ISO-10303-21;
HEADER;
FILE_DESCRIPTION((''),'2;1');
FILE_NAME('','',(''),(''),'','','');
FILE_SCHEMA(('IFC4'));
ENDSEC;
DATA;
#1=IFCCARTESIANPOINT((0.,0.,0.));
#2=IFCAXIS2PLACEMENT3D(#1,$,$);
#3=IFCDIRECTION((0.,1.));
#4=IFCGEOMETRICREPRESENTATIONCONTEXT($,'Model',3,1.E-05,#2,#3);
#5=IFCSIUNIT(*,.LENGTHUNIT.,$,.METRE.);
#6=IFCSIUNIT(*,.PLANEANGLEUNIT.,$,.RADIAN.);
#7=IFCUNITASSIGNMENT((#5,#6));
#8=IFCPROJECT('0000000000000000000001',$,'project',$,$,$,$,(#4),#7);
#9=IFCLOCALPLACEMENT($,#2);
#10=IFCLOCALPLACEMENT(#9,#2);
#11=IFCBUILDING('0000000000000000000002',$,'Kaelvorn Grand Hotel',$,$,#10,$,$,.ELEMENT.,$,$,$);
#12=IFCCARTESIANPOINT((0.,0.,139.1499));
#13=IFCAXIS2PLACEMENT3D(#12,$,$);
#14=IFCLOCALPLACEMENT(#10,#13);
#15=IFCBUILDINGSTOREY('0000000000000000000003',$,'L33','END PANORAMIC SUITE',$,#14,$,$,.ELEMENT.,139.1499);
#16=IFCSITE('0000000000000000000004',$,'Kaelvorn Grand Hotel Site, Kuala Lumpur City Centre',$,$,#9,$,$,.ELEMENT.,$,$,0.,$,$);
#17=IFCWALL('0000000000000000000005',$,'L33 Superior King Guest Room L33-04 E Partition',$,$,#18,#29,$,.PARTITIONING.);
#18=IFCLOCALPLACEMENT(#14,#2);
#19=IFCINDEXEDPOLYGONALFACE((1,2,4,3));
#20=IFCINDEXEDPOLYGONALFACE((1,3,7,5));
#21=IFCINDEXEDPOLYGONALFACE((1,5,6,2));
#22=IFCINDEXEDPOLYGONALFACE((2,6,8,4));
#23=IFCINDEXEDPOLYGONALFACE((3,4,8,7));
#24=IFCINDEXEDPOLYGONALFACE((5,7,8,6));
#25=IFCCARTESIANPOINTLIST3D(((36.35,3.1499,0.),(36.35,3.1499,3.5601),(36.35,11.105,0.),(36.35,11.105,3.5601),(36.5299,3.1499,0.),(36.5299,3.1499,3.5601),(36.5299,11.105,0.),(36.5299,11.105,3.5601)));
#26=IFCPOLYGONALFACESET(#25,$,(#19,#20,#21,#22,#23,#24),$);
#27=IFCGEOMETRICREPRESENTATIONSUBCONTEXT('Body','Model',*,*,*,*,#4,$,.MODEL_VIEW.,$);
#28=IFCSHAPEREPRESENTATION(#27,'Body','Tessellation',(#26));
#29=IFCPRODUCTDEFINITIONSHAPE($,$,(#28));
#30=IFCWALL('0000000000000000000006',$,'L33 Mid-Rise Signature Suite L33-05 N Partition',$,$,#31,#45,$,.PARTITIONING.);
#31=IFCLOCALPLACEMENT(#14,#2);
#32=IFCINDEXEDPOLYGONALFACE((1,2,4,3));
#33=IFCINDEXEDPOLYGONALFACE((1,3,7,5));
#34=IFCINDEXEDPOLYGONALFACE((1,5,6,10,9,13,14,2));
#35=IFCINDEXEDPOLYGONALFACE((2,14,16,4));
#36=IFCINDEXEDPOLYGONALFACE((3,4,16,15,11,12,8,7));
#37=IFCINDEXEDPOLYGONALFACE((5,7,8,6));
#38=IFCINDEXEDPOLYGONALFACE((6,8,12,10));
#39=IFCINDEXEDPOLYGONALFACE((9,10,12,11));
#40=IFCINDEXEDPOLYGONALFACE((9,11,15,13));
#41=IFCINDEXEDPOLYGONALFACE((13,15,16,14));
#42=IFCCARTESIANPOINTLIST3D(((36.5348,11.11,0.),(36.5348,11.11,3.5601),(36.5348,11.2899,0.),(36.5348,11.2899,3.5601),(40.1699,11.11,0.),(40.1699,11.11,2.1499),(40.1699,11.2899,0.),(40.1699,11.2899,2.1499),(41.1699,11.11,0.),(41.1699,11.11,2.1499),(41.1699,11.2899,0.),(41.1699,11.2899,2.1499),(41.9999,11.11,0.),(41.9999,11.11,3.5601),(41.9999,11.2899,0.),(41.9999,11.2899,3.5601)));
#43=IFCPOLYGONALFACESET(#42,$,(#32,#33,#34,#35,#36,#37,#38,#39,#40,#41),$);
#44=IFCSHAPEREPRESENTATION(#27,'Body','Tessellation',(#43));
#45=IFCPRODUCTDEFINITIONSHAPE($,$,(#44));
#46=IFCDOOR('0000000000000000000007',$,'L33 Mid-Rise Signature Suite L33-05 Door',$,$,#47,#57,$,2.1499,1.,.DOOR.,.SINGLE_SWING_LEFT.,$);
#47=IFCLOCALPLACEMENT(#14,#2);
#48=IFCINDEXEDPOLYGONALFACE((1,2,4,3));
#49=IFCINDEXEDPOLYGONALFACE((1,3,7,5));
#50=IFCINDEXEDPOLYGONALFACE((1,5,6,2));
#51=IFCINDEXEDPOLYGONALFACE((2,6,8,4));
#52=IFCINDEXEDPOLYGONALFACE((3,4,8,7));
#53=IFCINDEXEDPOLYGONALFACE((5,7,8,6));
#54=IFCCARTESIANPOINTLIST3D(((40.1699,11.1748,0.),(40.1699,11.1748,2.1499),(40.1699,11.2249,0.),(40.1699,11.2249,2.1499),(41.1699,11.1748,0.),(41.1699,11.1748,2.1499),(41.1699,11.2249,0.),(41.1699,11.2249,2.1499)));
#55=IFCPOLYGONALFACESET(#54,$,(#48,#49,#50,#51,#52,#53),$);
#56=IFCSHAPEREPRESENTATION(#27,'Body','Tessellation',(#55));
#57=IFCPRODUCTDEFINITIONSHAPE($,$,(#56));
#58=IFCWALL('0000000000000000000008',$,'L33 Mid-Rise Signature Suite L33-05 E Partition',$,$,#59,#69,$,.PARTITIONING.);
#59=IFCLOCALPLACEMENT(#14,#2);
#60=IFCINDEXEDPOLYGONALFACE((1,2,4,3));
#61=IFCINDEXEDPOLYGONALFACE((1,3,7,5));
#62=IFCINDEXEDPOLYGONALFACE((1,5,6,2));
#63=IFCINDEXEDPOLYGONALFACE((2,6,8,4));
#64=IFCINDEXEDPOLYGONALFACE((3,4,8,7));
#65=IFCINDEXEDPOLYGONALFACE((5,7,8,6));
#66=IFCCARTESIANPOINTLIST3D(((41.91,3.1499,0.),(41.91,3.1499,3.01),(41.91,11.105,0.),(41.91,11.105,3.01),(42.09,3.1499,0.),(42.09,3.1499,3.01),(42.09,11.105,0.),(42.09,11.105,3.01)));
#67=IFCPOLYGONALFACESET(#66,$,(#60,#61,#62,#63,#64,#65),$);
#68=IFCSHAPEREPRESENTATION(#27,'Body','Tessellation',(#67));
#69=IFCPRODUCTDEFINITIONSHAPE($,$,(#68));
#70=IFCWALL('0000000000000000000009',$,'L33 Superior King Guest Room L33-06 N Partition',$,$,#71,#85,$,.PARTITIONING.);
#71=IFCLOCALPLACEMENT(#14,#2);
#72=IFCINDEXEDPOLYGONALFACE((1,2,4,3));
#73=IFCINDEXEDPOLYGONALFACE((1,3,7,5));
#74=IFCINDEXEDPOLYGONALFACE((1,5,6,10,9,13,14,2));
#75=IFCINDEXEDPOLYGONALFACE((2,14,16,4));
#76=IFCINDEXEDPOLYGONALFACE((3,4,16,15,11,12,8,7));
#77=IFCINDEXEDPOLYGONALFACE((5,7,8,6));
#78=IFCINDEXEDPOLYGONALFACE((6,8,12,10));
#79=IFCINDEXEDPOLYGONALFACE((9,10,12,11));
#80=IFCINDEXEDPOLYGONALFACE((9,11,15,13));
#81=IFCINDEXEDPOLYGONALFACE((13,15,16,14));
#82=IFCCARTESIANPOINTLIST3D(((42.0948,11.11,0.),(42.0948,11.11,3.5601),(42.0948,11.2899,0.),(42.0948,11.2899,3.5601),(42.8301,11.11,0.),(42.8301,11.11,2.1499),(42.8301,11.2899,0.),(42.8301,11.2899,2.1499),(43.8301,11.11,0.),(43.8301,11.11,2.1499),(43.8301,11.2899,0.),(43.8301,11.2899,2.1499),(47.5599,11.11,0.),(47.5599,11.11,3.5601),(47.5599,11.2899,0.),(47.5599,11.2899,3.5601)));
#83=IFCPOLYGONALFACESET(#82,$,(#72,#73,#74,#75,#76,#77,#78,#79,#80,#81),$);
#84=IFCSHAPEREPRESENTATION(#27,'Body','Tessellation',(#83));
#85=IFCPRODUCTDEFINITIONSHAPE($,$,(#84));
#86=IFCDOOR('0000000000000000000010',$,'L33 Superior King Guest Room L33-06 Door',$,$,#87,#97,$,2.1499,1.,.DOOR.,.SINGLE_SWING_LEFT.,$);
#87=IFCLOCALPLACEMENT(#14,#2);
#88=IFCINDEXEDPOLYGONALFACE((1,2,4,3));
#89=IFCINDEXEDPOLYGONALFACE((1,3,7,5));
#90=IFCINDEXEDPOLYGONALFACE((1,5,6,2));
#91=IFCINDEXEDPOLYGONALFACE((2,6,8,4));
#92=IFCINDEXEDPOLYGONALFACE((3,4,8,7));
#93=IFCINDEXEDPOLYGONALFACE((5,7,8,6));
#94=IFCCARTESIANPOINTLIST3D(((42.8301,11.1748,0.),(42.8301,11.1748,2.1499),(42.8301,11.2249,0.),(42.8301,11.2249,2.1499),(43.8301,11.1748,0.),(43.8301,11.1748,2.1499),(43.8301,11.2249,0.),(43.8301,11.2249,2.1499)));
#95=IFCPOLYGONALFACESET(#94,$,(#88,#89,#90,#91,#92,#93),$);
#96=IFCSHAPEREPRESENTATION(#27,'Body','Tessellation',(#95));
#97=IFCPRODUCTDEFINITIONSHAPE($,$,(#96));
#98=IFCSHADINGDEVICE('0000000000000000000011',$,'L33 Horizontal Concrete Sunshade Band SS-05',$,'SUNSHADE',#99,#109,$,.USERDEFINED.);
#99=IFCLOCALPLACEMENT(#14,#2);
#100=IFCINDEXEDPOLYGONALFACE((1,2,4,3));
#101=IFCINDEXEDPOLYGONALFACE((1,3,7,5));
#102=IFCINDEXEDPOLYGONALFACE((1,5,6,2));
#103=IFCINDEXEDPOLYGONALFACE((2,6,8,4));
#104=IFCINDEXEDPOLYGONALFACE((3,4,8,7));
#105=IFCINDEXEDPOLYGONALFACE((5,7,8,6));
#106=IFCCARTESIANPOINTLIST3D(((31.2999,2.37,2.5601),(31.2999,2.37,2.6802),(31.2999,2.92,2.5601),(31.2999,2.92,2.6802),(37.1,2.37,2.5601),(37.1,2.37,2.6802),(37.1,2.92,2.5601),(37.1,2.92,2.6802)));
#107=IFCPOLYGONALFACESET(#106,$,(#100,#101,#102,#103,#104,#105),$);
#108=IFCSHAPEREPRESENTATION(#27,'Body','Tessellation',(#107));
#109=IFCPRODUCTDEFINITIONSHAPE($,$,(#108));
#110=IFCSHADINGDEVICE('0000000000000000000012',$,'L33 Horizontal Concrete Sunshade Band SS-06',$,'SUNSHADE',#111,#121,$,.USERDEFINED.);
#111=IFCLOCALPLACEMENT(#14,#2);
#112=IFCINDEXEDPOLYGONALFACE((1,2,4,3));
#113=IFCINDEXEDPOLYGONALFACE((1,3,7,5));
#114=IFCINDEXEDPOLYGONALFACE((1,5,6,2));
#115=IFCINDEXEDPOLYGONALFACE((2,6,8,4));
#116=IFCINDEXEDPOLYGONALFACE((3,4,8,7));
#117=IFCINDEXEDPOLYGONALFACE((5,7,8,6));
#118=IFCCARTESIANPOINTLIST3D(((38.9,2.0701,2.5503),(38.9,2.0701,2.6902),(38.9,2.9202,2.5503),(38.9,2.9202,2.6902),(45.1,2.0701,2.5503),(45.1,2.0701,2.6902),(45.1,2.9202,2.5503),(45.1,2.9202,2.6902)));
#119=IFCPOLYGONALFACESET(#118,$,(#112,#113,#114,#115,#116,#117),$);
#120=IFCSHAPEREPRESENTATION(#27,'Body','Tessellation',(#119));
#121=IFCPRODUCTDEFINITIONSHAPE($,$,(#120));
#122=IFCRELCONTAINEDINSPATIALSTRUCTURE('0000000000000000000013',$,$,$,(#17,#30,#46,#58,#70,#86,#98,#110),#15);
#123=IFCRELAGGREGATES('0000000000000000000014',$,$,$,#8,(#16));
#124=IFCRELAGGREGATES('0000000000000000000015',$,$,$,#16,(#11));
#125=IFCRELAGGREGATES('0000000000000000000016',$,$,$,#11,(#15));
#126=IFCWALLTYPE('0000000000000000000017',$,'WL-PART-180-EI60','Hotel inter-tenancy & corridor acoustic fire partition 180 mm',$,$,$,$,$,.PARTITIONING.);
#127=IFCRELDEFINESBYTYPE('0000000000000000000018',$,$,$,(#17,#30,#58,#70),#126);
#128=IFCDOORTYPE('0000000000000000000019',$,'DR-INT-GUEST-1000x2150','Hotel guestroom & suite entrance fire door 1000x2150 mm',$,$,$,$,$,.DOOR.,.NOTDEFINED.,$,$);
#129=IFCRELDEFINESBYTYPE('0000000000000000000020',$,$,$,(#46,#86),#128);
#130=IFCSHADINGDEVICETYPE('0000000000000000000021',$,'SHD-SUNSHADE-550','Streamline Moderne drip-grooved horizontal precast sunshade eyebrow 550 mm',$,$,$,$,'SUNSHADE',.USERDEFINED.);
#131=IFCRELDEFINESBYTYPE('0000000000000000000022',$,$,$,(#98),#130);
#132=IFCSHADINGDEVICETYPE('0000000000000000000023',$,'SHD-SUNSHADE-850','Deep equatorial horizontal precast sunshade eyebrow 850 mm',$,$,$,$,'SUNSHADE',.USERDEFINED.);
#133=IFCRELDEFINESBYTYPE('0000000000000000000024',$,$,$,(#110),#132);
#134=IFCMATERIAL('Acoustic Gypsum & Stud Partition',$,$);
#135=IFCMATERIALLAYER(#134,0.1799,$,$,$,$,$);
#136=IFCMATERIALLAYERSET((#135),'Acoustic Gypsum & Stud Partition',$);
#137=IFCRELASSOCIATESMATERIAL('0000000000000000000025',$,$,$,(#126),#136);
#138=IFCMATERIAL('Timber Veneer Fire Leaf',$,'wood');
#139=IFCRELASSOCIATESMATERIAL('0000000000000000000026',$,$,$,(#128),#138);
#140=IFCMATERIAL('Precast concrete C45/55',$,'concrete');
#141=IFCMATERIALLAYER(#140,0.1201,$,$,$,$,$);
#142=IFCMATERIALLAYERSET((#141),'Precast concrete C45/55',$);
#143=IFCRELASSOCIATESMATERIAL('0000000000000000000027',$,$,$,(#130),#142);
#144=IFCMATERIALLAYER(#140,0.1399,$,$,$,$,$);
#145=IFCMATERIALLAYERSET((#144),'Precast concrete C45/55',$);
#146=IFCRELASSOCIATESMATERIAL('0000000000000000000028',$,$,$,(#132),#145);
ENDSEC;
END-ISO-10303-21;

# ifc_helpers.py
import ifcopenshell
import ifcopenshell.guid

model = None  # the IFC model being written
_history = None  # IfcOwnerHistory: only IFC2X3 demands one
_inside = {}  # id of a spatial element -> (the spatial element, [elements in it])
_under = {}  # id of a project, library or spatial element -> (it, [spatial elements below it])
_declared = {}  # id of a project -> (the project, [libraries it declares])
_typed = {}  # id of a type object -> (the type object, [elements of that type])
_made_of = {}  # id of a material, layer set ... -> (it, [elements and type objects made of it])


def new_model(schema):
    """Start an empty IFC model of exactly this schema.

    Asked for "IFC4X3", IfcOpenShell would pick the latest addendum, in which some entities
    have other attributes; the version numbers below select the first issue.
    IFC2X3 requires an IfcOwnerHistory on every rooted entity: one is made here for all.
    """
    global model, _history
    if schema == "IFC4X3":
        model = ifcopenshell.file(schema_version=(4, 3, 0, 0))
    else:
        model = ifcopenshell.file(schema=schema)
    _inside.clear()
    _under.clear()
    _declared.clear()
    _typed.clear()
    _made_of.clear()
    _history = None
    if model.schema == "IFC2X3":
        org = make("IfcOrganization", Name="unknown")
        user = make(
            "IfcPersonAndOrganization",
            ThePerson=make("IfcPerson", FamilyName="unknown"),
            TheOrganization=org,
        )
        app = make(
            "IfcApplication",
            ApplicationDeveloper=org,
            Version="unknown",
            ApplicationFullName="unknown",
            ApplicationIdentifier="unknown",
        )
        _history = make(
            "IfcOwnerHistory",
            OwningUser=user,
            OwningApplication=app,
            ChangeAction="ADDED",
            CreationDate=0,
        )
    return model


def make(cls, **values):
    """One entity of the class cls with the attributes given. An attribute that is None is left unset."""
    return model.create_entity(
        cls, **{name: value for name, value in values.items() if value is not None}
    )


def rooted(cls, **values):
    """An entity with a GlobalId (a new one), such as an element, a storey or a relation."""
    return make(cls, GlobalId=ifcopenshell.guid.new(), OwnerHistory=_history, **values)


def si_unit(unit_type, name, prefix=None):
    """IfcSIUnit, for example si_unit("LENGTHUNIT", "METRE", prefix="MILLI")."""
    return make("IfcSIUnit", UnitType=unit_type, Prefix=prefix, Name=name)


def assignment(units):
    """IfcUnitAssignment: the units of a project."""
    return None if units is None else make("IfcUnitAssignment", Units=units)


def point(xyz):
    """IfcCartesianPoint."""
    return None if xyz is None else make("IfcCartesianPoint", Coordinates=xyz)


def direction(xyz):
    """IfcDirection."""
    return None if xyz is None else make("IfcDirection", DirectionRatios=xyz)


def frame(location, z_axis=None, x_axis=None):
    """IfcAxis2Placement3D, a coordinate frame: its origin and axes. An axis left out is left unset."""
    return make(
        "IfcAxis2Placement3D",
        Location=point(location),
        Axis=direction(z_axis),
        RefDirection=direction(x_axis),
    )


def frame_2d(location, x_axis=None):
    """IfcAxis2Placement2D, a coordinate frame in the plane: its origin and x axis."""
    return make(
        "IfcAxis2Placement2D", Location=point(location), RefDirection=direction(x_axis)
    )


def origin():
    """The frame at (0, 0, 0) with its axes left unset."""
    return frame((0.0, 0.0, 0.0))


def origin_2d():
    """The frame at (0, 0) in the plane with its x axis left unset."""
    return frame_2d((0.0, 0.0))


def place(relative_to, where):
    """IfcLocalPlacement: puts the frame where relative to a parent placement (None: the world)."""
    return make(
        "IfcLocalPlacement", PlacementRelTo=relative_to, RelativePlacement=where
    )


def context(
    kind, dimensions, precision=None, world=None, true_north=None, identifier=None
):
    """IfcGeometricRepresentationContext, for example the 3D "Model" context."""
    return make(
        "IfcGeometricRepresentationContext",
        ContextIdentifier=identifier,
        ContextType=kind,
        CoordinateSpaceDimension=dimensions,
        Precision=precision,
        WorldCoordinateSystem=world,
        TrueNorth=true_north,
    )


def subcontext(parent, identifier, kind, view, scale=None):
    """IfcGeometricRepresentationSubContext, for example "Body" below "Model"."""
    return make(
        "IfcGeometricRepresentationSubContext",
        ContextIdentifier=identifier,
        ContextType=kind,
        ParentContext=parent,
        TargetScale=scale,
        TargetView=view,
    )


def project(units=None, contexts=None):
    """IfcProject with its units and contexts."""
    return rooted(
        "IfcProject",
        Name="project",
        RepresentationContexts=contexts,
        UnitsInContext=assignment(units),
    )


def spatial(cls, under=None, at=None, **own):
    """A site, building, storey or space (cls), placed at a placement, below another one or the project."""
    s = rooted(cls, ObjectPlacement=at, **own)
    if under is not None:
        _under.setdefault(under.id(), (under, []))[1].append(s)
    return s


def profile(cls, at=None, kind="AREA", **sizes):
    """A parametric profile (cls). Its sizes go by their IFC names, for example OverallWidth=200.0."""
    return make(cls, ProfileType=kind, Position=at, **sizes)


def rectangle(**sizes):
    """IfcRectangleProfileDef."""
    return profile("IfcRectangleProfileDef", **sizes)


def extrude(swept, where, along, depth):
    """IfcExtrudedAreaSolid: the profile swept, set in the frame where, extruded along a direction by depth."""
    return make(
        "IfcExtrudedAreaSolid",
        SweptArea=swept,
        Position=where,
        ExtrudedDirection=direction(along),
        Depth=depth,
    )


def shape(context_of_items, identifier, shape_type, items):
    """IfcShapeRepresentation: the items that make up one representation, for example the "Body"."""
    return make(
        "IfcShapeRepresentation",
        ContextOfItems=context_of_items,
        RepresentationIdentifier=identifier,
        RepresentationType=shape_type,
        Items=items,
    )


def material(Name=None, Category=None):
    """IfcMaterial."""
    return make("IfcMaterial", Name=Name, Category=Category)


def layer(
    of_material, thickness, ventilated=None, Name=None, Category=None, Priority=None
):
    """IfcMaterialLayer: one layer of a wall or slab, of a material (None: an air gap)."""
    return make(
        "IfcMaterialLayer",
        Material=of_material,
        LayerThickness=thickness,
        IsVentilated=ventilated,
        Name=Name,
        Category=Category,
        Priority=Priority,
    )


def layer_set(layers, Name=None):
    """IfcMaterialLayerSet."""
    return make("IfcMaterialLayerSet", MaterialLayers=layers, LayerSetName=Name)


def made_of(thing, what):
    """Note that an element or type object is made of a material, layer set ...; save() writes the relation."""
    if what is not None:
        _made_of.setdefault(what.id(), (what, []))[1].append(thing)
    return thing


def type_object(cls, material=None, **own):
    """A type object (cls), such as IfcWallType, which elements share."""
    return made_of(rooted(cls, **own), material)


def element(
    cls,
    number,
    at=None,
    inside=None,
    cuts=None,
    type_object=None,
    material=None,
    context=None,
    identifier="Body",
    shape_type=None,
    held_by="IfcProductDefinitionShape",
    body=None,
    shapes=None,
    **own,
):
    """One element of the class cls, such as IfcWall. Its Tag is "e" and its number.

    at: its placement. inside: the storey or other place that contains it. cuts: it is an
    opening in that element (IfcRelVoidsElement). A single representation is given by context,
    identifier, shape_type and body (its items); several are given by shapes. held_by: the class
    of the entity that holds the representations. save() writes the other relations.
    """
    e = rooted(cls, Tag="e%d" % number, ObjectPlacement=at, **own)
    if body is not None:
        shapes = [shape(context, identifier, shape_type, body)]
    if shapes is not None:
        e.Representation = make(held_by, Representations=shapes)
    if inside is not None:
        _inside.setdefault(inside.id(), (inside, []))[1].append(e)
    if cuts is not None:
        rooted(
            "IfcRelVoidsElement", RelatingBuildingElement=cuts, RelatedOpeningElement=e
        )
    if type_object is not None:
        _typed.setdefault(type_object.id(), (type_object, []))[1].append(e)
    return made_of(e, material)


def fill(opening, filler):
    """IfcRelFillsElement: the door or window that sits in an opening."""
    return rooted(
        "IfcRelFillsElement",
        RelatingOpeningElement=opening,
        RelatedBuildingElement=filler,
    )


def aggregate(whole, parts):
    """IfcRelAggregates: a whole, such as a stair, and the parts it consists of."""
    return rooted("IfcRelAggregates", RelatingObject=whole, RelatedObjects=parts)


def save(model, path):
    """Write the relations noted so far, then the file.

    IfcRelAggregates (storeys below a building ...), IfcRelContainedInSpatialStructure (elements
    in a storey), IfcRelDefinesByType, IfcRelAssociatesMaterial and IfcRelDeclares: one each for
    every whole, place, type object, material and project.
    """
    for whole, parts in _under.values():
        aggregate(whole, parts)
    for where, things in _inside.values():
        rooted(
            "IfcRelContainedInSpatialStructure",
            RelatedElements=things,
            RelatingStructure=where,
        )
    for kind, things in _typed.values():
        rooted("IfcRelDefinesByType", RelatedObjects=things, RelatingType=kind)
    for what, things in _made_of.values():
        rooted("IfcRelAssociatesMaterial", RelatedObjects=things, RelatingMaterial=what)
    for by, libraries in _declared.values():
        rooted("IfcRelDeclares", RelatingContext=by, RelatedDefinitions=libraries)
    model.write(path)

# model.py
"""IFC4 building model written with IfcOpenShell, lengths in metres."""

from ifc_helpers import new_model, si_unit, direction, frame, frame_2d, origin, origin_2d, place, context, subcontext, project, spatial, rectangle, extrude, material, layer, layer_set, type_object, element, fill, save


model = new_model("IFC4")

# Units and contexts
model_context = context("Model", 3, precision=1e-05, world=origin(), true_north=direction((0.0, 1.0)))
body_context = subcontext(model_context, "Body", "Model", "MODEL_VIEW")
ifc_project = project(units=[si_unit("LENGTHUNIT", "METRE"), si_unit("PLANEANGLEUNIT", "RADIAN")], contexts=[model_context])

# Site, building, storey
site_placement = place(None, origin())
site = spatial("IfcSite", under=ifc_project, at=site_placement, Name="Kaelvorn Grand Hotel Site, Kuala Lumpur City Centre", CompositionType="ELEMENT", RefElevation=0.0)
building_placement = place(site_placement, origin())
building = spatial("IfcBuilding", under=site, at=building_placement, Name="Kaelvorn Grand Hotel", CompositionType="ELEMENT")
storey_placement = place(building_placement, frame((0.0, 0.0, 139.1499)))
storey = spatial("IfcBuildingStorey", under=building, at=storey_placement, Name="L33", Description="END PANORAMIC SUITE", CompositionType="ELEMENT", Elevation=139.1499)

# Shared definitions
ifc_material_1 = material(Name="Acoustic Gypsum & Stud Partition")
ifc_layer_1 = layer(ifc_material_1, 0.1799)
ifc_layer_set_1 = layer_set([ifc_layer_1], Name="Acoustic Gypsum & Stud Partition")
wall_type_1 = type_object("IfcWallType", Name="WL-PART-180-EI60", Description="Hotel inter-tenancy & corridor acoustic fire partition 180 mm", PredefinedType="PARTITIONING", material=ifc_layer_set_1)

# Shared definitions
ifc_material_2 = material(Name="Timber Veneer Fire Leaf", Category="wood")
door_type_1 = type_object("IfcDoorType", Name="DR-INT-GUEST-1000x2150", Description="Hotel guestroom & suite entrance fire door 1000x2150 mm", OperationType="NOTDEFINED", PredefinedType="DOOR", material=ifc_material_2)

# Wall
wall_1_placement = place(storey_placement, frame((36.4399, 3.1499, 0.0), z_axis=(0.0, 0.0, 1.0), x_axis=(0.0, 1.0, 0.0)))
element("IfcWall", 1, at=wall_1_placement, inside=storey, type_object=wall_type_1, Name="L33 Superior King Guest Room L33-04 E Partition", PredefinedType="PARTITIONING", context=body_context, shape_type="SweptSolid", body=[
    extrude(rectangle(XDim=7.9551, YDim=0.1799, at=frame_2d((3.9775, 0.0))), origin(), (0.0, 0.0, 1.0), 3.5601),
])

# Wall, opening, door
wall_2_placement = place(storey_placement, frame((36.5349, 11.2, 0.0), z_axis=(0.0, 0.0, 1.0), x_axis=(1.0, 0.0, 0.0)))
wall_2 = element("IfcWall", 2, at=wall_2_placement, inside=storey, type_object=wall_type_1, Name="L33 Mid-Rise Signature Suite L33-05 N Partition", PredefinedType="PARTITIONING", context=body_context, shape_type="SweptSolid", body=[
    extrude(rectangle(XDim=5.4651, YDim=0.1799, at=frame_2d((2.7324, 0.0))), origin(), (0.0, 0.0, 1.0), 3.5601),
])
opening_1_placement = place(wall_2_placement, frame((3.635, 0.0, 0.0)))
opening_1 = element("IfcOpeningElement", 3, at=opening_1_placement, cuts=wall_2, PredefinedType="OPENING", context=body_context, shape_type="SweptSolid", body=[
    extrude(rectangle(XDim=1.0, YDim=2.1499, at=frame_2d((0.5, 1.075))), frame((0.0, 0.1001, 0.0), z_axis=(0.0, -1.0, 0.0), x_axis=(1.0, 0.0, 0.0)), (0.0, 0.0, 1.0), 0.2),
])
door_1_placement = place(opening_1_placement, origin())
door_1 = element("IfcDoor", 4, at=door_1_placement, inside=storey, type_object=door_type_1, Name="L33 Mid-Rise Signature Suite L33-05 Door", OperationType="SINGLE_SWING_LEFT", OverallHeight=2.1499, OverallWidth=1.0, PredefinedType="DOOR", context=body_context, shape_type="SweptSolid", body=[
    extrude(rectangle(XDim=1.0, YDim=2.1499, at=frame_2d((0.5, 1.075))), frame((0.0, 0.0249, 0.0), z_axis=(0.0, -1.0, 0.0), x_axis=(1.0, 0.0, 0.0)), (0.0, 0.0, 1.0), 0.05),
])
fill(opening_1, door_1)

# Wall
wall_3_placement = place(storey_placement, frame((42.0, 3.1499, 0.0), z_axis=(0.0, 0.0, 1.0), x_axis=(0.0, 1.0, 0.0)))
element("IfcWall", 5, at=wall_3_placement, inside=storey, type_object=wall_type_1, Name="L33 Mid-Rise Signature Suite L33-05 E Partition", PredefinedType="PARTITIONING", context=body_context, shape_type="SweptSolid", body=[
    extrude(rectangle(XDim=7.9551, YDim=0.1799, at=frame_2d((3.9775, 0.0))), origin(), (0.0, 0.0, 1.0), 3.01),
])

# Wall, opening, door
wall_4_placement = place(storey_placement, frame((42.095, 11.2, 0.0), z_axis=(0.0, 0.0, 1.0), x_axis=(1.0, 0.0, 0.0)))
wall_4 = element("IfcWall", 6, at=wall_4_placement, inside=storey, type_object=wall_type_1, Name="L33 Superior King Guest Room L33-06 N Partition", PredefinedType="PARTITIONING", context=body_context, shape_type="SweptSolid", body=[
    extrude(rectangle(XDim=5.4651, YDim=0.1799, at=frame_2d((2.7324, 0.0))), origin(), (0.0, 0.0, 1.0), 3.5601),
])
opening_2_placement = place(wall_4_placement, frame((0.7351, 0.0, 0.0)))
opening_2 = element("IfcOpeningElement", 7, at=opening_2_placement, cuts=wall_4, PredefinedType="OPENING", context=body_context, shape_type="SweptSolid", body=[
    extrude(rectangle(XDim=1.0, YDim=2.1499, at=frame_2d((0.5, 1.075))), frame((0.0, 0.1001, 0.0), z_axis=(0.0, -1.0, 0.0), x_axis=(1.0, 0.0, 0.0)), (0.0, 0.0, 1.0), 0.2),
])
door_2_placement = place(opening_2_placement, origin())
door_2 = element("IfcDoor", 8, at=door_2_placement, inside=storey, type_object=door_type_1, Name="L33 Superior King Guest Room L33-06 Door", OperationType="SINGLE_SWING_LEFT", OverallHeight=2.1499, OverallWidth=1.0, PredefinedType="DOOR", context=body_context, shape_type="SweptSolid", body=[
    extrude(rectangle(XDim=1.0, YDim=2.1499, at=frame_2d((0.5, 1.075))), frame((0.0, 0.0249, 0.0), z_axis=(0.0, -1.0, 0.0), x_axis=(1.0, 0.0, 0.0)), (0.0, 0.0, 1.0), 0.05),
])
fill(opening_2, door_2)

# Shading devices
ifc_material_3 = material(Name="Precast concrete C45/55", Category="concrete")
ifc_layer_2 = layer(ifc_material_3, 0.1201)
ifc_layer_set_2 = layer_set([ifc_layer_2], Name="Precast concrete C45/55")
shading_device_type_1 = type_object("IfcShadingDeviceType", Name="SHD-SUNSHADE-550", Description="Streamline Moderne drip-grooved horizontal precast sunshade eyebrow 550 mm", ElementType="SUNSHADE", PredefinedType="USERDEFINED", material=ifc_layer_set_2)
shading_device_1_placement = place(storey_placement, frame((34.2, 2.645, 2.5601), z_axis=(0.0, 0.0, 1.0), x_axis=(1.0, 0.0, 0.0)))
element("IfcShadingDevice", 9, at=shading_device_1_placement, inside=storey, type_object=shading_device_type_1, Name="L33 Horizontal Concrete Sunshade Band SS-05", ObjectType="SUNSHADE", PredefinedType="USERDEFINED", context=body_context, shape_type="SweptSolid", body=[
    extrude(rectangle(XDim=5.8, YDim=0.55, at=origin_2d()), origin(), (0.0, 0.0, 1.0), 0.1201),
])
ifc_layer_3 = layer(ifc_material_3, 0.1399)
ifc_layer_set_3 = layer_set([ifc_layer_3], Name="Precast concrete C45/55")
shading_device_type_2 = type_object("IfcShadingDeviceType", Name="SHD-SUNSHADE-850", Description="Deep equatorial horizontal precast sunshade eyebrow 850 mm", ElementType="SUNSHADE", PredefinedType="USERDEFINED", material=ifc_layer_set_3)
shading_device_2_placement = place(storey_placement, frame((42.0, 2.4951, 2.5503), z_axis=(0.0, 0.0, 1.0), x_axis=(1.0, 0.0, 0.0)))
element("IfcShadingDevice", 10, at=shading_device_2_placement, inside=storey, type_object=shading_device_type_2, Name="L33 Horizontal Concrete Sunshade Band SS-06", ObjectType="SUNSHADE", PredefinedType="USERDEFINED", context=body_context, shape_type="SweptSolid", body=[
    extrude(rectangle(XDim=6.2, YDim=0.8501, at=origin_2d()), origin(), (0.0, 0.0, 1.0), 0.1399),
])

save(model, "model.ifc")
